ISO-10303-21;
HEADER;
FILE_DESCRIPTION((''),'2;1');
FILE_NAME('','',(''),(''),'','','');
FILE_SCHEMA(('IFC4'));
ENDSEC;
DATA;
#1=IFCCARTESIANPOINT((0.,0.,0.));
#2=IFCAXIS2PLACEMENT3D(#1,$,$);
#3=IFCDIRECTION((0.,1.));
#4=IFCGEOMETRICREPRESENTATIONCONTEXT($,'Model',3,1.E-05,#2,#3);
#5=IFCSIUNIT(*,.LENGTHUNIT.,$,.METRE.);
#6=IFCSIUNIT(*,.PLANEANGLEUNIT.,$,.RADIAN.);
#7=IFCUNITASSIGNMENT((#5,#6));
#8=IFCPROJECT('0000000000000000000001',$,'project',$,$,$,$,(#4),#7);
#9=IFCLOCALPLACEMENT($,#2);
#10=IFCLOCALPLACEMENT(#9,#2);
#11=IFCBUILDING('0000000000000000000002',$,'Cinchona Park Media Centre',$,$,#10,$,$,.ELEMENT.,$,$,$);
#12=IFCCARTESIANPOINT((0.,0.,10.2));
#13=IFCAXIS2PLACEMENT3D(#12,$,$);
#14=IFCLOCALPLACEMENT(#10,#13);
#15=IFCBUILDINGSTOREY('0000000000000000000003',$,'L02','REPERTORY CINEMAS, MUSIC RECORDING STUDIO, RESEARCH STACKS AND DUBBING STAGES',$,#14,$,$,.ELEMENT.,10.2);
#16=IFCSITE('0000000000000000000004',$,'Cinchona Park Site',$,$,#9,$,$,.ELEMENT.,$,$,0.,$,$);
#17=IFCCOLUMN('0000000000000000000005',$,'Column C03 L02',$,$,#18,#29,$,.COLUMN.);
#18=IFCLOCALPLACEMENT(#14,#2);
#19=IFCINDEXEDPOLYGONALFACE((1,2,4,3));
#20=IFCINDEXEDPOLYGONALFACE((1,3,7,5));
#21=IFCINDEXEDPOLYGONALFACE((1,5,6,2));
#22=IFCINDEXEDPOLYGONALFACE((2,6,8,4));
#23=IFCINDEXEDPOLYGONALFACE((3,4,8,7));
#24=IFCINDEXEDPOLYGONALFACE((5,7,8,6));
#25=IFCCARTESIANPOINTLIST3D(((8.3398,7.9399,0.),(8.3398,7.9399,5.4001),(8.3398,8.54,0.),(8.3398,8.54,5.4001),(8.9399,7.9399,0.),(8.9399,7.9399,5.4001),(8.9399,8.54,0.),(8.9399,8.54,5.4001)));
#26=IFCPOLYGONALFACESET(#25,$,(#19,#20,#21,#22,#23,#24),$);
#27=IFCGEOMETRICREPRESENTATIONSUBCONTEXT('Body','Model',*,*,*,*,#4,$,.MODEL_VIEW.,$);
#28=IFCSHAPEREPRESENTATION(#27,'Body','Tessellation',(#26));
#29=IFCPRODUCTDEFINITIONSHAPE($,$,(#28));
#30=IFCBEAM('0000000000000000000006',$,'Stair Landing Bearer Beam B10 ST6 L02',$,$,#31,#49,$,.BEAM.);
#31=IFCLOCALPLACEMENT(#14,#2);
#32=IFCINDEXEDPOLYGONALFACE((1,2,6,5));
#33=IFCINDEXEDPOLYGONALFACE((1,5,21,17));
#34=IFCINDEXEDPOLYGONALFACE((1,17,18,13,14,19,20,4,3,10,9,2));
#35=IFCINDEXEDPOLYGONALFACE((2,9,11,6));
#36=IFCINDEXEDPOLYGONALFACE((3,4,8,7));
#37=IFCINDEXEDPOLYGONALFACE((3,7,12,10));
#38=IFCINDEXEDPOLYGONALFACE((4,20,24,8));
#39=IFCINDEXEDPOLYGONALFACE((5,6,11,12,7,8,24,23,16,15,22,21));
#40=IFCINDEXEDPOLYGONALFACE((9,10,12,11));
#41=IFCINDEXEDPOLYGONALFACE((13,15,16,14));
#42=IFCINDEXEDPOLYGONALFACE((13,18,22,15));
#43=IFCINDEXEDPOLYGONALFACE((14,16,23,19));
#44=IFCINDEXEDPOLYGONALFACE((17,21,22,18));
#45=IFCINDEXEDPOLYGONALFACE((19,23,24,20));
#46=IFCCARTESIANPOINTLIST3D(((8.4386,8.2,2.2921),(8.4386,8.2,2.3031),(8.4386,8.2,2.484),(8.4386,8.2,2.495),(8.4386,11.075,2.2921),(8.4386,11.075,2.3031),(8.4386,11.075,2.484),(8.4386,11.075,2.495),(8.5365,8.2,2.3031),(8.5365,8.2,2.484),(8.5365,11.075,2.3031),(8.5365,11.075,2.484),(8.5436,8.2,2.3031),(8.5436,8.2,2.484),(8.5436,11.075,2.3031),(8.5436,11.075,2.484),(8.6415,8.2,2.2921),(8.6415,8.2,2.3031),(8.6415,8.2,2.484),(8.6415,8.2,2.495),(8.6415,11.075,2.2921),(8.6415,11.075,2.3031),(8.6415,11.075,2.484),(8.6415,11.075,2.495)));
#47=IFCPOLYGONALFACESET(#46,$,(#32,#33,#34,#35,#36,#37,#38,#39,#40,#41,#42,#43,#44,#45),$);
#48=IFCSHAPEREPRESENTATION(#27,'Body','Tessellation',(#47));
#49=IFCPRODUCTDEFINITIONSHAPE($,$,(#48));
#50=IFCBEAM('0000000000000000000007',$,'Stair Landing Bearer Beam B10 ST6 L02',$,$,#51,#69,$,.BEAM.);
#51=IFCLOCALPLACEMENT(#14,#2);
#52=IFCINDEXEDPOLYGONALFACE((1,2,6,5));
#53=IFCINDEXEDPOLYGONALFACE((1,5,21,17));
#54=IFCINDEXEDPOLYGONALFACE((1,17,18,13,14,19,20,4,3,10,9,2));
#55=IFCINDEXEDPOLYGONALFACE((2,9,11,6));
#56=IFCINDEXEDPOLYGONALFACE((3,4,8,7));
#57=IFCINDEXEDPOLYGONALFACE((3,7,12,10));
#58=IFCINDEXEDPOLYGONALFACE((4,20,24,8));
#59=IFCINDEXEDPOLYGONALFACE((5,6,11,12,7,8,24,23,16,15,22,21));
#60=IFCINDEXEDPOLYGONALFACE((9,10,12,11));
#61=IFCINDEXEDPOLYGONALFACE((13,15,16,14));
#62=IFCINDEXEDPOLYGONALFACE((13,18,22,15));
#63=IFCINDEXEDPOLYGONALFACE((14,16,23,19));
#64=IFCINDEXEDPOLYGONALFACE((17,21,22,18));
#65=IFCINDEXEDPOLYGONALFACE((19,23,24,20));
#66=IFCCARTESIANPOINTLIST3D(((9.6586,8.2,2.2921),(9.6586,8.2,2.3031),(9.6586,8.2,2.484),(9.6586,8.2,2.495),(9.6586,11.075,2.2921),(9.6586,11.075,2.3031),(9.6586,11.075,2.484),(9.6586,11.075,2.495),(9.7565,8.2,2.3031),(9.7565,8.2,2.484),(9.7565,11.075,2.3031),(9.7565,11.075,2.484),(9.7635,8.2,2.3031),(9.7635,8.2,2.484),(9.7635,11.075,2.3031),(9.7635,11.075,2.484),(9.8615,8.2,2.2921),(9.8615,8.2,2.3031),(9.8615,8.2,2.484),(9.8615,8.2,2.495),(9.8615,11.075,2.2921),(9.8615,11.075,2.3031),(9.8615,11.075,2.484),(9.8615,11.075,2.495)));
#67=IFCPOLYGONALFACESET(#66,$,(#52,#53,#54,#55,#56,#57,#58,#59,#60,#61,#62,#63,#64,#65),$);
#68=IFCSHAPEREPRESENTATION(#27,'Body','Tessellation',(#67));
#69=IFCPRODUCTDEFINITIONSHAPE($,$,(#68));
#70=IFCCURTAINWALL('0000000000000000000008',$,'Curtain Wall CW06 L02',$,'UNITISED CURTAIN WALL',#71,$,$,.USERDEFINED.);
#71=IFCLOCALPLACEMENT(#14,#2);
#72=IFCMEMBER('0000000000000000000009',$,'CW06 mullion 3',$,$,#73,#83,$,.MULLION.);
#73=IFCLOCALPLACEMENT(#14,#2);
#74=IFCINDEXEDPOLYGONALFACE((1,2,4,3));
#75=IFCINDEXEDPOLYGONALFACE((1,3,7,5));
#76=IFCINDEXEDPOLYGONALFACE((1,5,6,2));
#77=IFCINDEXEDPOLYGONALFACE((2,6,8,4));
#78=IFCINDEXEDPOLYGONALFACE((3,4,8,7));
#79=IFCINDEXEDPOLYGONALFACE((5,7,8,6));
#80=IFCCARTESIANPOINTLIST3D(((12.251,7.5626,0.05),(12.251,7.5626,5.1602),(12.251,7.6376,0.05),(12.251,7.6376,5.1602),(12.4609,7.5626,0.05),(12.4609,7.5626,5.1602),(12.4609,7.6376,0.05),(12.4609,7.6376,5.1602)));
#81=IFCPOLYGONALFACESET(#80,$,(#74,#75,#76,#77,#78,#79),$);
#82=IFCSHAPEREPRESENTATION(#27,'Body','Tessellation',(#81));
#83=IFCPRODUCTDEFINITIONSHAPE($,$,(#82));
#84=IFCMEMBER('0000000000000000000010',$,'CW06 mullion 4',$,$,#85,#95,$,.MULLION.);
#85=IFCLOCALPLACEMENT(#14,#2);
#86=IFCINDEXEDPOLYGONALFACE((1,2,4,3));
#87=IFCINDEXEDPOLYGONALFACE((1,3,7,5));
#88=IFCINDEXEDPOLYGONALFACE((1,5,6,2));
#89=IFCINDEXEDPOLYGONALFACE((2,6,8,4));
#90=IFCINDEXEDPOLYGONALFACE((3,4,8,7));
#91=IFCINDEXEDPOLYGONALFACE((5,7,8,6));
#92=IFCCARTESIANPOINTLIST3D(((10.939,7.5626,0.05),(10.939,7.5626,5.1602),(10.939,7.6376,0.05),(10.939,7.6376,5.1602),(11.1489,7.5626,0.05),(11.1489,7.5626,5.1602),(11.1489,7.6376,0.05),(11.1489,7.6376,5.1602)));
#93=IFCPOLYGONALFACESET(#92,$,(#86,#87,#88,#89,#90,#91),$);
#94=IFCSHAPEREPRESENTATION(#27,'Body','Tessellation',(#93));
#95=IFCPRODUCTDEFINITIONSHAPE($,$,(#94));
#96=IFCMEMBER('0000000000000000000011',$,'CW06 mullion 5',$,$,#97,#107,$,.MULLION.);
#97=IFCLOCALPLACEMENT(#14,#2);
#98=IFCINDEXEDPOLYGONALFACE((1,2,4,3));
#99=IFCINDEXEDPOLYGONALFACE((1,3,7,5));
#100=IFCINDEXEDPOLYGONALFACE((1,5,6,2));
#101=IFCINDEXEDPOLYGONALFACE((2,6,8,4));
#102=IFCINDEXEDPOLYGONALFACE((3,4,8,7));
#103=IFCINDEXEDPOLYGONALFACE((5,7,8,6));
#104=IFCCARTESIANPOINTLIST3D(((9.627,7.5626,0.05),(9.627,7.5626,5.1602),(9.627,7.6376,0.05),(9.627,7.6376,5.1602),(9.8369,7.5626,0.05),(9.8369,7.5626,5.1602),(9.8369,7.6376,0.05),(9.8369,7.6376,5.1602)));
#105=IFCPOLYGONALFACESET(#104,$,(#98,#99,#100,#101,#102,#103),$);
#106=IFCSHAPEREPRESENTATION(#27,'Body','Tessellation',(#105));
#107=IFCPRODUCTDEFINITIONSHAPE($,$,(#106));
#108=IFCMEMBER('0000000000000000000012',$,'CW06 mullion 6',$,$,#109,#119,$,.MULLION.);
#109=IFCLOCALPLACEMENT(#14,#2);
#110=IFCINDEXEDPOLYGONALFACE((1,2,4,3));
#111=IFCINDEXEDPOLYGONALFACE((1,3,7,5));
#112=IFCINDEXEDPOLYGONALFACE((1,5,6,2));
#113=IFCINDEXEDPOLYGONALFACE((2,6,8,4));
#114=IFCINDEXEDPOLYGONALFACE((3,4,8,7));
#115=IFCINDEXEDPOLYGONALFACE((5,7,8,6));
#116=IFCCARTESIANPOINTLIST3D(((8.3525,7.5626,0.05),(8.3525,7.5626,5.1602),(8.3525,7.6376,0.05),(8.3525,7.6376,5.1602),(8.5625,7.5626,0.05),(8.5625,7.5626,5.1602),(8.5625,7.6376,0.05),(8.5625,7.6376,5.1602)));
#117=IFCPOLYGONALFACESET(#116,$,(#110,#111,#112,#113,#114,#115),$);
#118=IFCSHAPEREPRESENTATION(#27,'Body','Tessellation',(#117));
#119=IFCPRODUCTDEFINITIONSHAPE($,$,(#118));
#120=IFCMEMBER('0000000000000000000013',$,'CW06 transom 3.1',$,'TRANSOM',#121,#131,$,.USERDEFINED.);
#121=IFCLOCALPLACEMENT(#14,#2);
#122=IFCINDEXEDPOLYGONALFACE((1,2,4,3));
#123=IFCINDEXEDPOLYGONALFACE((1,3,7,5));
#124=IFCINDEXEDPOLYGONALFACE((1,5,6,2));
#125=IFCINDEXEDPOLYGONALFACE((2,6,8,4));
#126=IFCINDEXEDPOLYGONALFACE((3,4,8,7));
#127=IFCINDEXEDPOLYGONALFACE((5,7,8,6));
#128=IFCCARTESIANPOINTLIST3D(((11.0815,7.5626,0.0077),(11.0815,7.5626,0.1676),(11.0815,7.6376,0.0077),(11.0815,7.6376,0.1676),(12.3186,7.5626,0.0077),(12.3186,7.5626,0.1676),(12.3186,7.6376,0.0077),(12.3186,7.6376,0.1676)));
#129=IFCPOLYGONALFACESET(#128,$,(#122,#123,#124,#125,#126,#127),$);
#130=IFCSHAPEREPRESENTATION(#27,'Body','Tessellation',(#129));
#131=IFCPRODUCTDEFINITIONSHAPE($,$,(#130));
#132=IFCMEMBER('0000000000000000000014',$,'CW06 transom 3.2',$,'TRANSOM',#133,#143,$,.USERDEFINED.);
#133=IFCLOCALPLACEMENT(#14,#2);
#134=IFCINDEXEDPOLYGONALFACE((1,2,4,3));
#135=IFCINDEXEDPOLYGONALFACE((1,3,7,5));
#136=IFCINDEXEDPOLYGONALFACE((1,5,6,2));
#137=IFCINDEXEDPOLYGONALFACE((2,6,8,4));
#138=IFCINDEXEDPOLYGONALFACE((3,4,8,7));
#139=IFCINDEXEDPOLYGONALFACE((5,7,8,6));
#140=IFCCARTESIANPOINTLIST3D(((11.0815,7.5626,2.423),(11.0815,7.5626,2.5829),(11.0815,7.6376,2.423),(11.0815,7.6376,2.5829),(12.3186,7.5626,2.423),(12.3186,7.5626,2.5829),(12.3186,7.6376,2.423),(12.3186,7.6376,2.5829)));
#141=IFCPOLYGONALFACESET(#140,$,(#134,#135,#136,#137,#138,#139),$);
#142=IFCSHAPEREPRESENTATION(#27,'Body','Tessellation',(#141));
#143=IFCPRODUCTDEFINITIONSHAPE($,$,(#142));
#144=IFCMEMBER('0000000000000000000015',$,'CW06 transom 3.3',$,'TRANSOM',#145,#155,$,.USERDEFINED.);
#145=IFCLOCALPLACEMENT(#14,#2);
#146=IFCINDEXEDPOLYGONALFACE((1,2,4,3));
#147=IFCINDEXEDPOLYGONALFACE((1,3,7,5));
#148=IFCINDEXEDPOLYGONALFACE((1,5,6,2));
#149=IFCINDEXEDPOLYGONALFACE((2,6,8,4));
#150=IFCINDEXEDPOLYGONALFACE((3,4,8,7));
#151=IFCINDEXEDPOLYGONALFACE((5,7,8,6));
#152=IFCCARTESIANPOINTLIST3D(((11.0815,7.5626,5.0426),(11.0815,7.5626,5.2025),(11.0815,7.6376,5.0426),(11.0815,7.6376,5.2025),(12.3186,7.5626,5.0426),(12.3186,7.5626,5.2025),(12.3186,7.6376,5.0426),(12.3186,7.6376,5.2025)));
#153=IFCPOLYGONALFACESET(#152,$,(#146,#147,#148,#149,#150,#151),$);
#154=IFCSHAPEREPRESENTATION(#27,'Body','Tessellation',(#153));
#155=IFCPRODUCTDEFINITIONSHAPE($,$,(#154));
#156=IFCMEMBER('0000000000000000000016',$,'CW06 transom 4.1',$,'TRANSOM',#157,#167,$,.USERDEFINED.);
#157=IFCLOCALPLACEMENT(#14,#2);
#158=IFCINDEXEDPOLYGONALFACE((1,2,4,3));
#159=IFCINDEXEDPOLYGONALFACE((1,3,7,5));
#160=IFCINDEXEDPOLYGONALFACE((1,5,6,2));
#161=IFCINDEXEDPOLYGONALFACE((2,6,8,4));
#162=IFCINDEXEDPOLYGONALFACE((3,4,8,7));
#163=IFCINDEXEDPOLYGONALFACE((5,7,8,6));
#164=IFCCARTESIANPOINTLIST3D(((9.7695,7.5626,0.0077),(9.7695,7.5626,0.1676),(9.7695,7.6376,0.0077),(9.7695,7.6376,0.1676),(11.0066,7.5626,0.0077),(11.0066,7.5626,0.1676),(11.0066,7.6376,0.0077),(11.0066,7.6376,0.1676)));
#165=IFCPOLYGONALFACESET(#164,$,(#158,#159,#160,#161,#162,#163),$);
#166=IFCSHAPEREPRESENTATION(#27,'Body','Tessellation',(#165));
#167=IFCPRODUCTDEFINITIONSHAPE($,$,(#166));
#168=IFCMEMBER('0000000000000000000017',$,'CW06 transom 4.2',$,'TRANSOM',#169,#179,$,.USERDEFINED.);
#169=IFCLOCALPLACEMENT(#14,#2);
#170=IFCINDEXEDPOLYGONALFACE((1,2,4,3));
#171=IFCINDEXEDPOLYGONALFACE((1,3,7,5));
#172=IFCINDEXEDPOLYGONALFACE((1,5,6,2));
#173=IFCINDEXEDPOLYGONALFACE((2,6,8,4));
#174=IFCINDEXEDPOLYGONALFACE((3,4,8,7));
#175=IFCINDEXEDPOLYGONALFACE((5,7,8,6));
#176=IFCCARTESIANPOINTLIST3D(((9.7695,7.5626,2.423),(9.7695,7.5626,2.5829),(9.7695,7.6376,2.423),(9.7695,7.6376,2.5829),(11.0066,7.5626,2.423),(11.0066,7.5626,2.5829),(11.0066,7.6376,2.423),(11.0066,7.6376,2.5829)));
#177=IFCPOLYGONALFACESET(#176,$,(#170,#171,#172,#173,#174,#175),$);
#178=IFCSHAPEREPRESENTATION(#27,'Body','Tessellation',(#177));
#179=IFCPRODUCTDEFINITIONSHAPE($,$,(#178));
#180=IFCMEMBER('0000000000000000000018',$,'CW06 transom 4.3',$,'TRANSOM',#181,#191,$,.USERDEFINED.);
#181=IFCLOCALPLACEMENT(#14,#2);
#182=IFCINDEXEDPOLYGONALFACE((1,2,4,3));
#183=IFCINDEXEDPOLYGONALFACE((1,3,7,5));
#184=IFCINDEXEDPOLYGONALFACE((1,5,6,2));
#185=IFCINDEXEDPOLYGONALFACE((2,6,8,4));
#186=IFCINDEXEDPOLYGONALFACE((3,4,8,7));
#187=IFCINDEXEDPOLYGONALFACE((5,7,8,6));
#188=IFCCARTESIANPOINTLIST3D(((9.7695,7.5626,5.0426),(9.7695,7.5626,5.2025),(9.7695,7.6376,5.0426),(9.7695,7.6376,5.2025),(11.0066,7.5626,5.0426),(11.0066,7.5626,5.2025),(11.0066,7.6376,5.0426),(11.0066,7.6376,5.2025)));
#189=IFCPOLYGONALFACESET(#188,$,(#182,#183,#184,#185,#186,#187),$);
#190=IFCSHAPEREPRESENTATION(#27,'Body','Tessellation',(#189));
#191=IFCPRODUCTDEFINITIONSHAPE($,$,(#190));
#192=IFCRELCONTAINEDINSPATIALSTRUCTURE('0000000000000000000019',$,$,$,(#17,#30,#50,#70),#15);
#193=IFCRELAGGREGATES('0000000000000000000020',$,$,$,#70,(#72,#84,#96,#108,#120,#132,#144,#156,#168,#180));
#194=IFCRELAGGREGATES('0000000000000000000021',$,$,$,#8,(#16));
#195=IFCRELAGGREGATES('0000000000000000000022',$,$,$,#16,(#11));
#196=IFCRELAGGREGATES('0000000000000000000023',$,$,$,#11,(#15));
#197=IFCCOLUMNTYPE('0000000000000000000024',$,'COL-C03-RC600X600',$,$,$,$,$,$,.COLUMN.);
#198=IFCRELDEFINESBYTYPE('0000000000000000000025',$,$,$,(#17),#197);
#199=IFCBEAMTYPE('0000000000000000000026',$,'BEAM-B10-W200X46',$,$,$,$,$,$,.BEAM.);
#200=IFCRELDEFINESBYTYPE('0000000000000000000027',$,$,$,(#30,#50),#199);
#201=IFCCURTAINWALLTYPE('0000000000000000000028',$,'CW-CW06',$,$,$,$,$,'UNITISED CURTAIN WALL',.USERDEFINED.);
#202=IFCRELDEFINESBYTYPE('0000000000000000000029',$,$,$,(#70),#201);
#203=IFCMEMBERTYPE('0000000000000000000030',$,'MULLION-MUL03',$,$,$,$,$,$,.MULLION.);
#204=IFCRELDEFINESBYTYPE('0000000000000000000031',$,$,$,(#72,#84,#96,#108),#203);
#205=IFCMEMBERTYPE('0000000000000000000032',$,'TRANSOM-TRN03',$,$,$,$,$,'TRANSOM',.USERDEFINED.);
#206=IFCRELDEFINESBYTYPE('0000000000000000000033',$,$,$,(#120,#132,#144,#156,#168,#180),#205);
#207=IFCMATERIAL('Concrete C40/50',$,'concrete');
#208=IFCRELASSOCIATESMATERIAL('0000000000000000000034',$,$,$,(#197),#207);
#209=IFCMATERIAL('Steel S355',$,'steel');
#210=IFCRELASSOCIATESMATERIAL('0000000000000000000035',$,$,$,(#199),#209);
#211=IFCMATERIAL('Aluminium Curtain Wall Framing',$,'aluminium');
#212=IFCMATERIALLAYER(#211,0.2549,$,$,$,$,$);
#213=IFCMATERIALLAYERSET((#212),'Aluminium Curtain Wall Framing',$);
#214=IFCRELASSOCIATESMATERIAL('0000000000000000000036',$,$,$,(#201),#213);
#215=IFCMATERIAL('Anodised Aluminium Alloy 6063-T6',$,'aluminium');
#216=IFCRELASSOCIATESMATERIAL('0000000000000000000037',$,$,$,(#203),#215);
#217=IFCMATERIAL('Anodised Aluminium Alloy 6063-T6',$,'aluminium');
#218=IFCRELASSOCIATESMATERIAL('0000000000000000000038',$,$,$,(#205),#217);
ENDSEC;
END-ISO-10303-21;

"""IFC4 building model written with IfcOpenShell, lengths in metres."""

from ifc_helpers import new_model, si_unit, direction, frame, origin, origin_2d, place, context, subcontext, project, spatial, rectangle, i_section, extrude, material, layer, layer_set, material_profile, profile_set, type_object, element, aggregate, save


model = new_model("IFC4")

# Units and contexts
model_context = context("Model", 3, precision=1e-05, world=origin(), true_north=direction((0.0, 1.0)))
body_context = subcontext(model_context, "Body", "Model", "MODEL_VIEW")
ifc_project = project(units=[si_unit("LENGTHUNIT", "METRE"), si_unit("PLANEANGLEUNIT", "RADIAN")], contexts=[model_context])

# Site, building, storey
site_placement = place(None, origin())
site = spatial("IfcSite", under=ifc_project, at=site_placement, Name="Cinchona Park Site", CompositionType="ELEMENT", RefElevation=0.0)
building_placement = place(site_placement, origin())
building = spatial("IfcBuilding", under=site, at=building_placement, Name="Cinchona Park Media Centre", CompositionType="ELEMENT")
storey_placement = place(building_placement, frame((0.0, 0.0, 10.2)))
storey = spatial("IfcBuildingStorey", under=building, at=storey_placement, Name="L02", Description="REPERTORY CINEMAS, MUSIC RECORDING STUDIO, RESEARCH STACKS AND DUBBING STAGES", CompositionType="ELEMENT", Elevation=10.2)

# Column
ifc_material_1 = material(Name="Concrete C40/50", Category="concrete")
ifc_material_profile_1 = material_profile(ifc_material_1, rectangle(XDim=0.6001, YDim=0.6001, at=origin_2d()), Name="RC 600X600")
ifc_profile_set_1 = profile_set([ifc_material_profile_1], Name="Concrete C40/50")
column_type = type_object("IfcColumnType", Name="COL-C03-RC600X600", PredefinedType="COLUMN", material=ifc_profile_set_1)
column_placement = place(storey_placement, frame((8.6399, 8.24, 0.0), z_axis=(0.0, 0.0, 1.0), x_axis=(1.0, 0.0, 0.0)))
element("IfcColumn", 1, at=column_placement, inside=storey, type_object=column_type, Name="Column C03 L02", PredefinedType="COLUMN", context=body_context, shape_type="SweptSolid", body=[
    extrude(rectangle(XDim=0.6001, YDim=0.6001, at=origin_2d()), origin(), (0.0, 0.0, 1.0), 5.4001),
])

# Beams
ifc_material_2 = material(Name="Steel S355", Category="steel")
ifc_material_profile_2 = material_profile(ifc_material_2, i_section(OverallWidth=0.2029, OverallDepth=0.2029, WebThickness=0.0071, FlangeThickness=0.011, at=origin_2d()), Name="W200X46")
ifc_profile_set_2 = profile_set([ifc_material_profile_2], Name="Steel S355")
beam_type = type_object("IfcBeamType", Name="BEAM-B10-W200X46", PredefinedType="BEAM", material=ifc_profile_set_2)
for number, where, z_axis, x_axis, name in (
    (2, (8.54, 11.075, 2.3936), (0.0, -1.0, 0.0), (1.0, 0.0, 0.0), "Stair Landing Bearer Beam B10 ST6 L02"),
    (3, (9.76, 11.075, 2.3936), (0.0, -1.0, 0.0), (1.0, 0.0, 0.0), "Stair Landing Bearer Beam B10 ST6 L02"),
):
    element("IfcBeam", number, at=place(storey_placement, frame(where, z_axis=z_axis, x_axis=x_axis)), inside=storey, type_object=beam_type, Name=name, PredefinedType="BEAM", context=body_context, shape_type="SweptSolid", body=[
        extrude(i_section(OverallWidth=0.2029, OverallDepth=0.2029, WebThickness=0.0071, FlangeThickness=0.011, at=origin_2d()), origin(), (0.0, 0.0, 1.0), 2.875),
    ])

# Curtain wall, members
ifc_material_3 = material(Name="Aluminium Curtain Wall Framing", Category="aluminium")
ifc_layer_1 = layer(ifc_material_3, 0.2549)
ifc_layer_set_1 = layer_set([ifc_layer_1], Name="Aluminium Curtain Wall Framing")
curtain_wall_type = type_object("IfcCurtainWallType", Name="CW-CW06", ElementType="UNITISED CURTAIN WALL", PredefinedType="USERDEFINED", material=ifc_layer_set_1)
curtain_wall_placement = place(storey_placement, origin())
curtain_wall = element("IfcCurtainWall", 4, at=curtain_wall_placement, inside=storey, type_object=curtain_wall_type, Name="Curtain Wall CW06 L02", ObjectType="UNITISED CURTAIN WALL", PredefinedType="USERDEFINED")
ifc_material_4 = material(Name="Anodised Aluminium Alloy 6063-T6", Category="aluminium")
ifc_material_profile_3 = material_profile(ifc_material_4, rectangle(XDim=0.075, YDim=0.21, at=origin_2d()), Name="MUL-75X210")
ifc_profile_set_3 = profile_set([ifc_material_profile_3], Name="Anodised Aluminium Alloy 6063-T6")
member_type_1 = type_object("IfcMemberType", Name="MULLION-MUL03", PredefinedType="MULLION", material=ifc_profile_set_3)
member_1_placement = place(storey_placement, frame((12.356, 7.6001, 0.05), z_axis=(0.0, 0.0, 1.0), x_axis=(0.0, -1.0, 0.0)))
member_1 = element("IfcMember", 5, at=member_1_placement, type_object=member_type_1, Name="CW06 mullion 3", PredefinedType="MULLION", context=body_context, shape_type="SweptSolid", body=[
    extrude(rectangle(XDim=0.075, YDim=0.21, at=origin_2d()), origin(), (0.0, 0.0, 1.0), 5.1101),
])
member_2_placement = place(storey_placement, frame((11.0439, 7.6001, 0.05), z_axis=(0.0, 0.0, 1.0), x_axis=(0.0, -1.0, 0.0)))
member_2 = element("IfcMember", 6, at=member_2_placement, type_object=member_type_1, Name="CW06 mullion 4", PredefinedType="MULLION", context=body_context, shape_type="SweptSolid", body=[
    extrude(rectangle(XDim=0.075, YDim=0.21, at=origin_2d()), origin(), (0.0, 0.0, 1.0), 5.1101),
])
member_3_placement = place(storey_placement, frame((9.7319, 7.6001, 0.05), z_axis=(0.0, 0.0, 1.0), x_axis=(0.0, -1.0, 0.0)))
member_3 = element("IfcMember", 7, at=member_3_placement, type_object=member_type_1, Name="CW06 mullion 5", PredefinedType="MULLION", context=body_context, shape_type="SweptSolid", body=[
    extrude(rectangle(XDim=0.075, YDim=0.21, at=origin_2d()), origin(), (0.0, 0.0, 1.0), 5.1101),
])
member_4_placement = place(storey_placement, frame((8.4575, 7.6001, 0.05), z_axis=(0.0, 0.0, 1.0), x_axis=(0.0, -1.0, 0.0)))
member_4 = element("IfcMember", 8, at=member_4_placement, type_object=member_type_1, Name="CW06 mullion 6", PredefinedType="MULLION", context=body_context, shape_type="SweptSolid", body=[
    extrude(rectangle(XDim=0.075, YDim=0.21, at=origin_2d()), origin(), (0.0, 0.0, 1.0), 5.1101),
])
ifc_material_5 = material(Name="Anodised Aluminium Alloy 6063-T6", Category="aluminium")
ifc_material_profile_4 = material_profile(ifc_material_5, rectangle(XDim=0.075, YDim=0.1599, at=origin_2d()), Name="TRN-75X160")
ifc_profile_set_4 = profile_set([ifc_material_profile_4], Name="Anodised Aluminium Alloy 6063-T6")
member_type_2 = type_object("IfcMemberType", Name="TRANSOM-TRN03", ElementType="TRANSOM", PredefinedType="USERDEFINED", material=ifc_profile_set_4)
member_5_placement = place(storey_placement, frame((12.3186, 7.6001, 0.0876), z_axis=(-1.0, 0.0, 0.0), x_axis=(0.0, -1.0, 0.0)))
member_5 = element("IfcMember", 9, at=member_5_placement, type_object=member_type_2, Name="CW06 transom 3.1", ObjectType="TRANSOM", PredefinedType="USERDEFINED", context=body_context, shape_type="SweptSolid", body=[
    extrude(rectangle(XDim=0.075, YDim=0.1599, at=origin_2d()), origin(), (0.0, 0.0, 1.0), 1.2371),
])
member_6_placement = place(storey_placement, frame((12.3186, 7.6001, 2.5029), z_axis=(-1.0, 0.0, 0.0), x_axis=(0.0, -1.0, 0.0)))
member_6 = element("IfcMember", 10, at=member_6_placement, type_object=member_type_2, Name="CW06 transom 3.2", ObjectType="TRANSOM", PredefinedType="USERDEFINED", context=body_context, shape_type="SweptSolid", body=[
    extrude(rectangle(XDim=0.075, YDim=0.1599, at=origin_2d()), origin(), (0.0, 0.0, 1.0), 1.2371),
])
member_7_placement = place(storey_placement, frame((12.3186, 7.6001, 5.1226), z_axis=(-1.0, 0.0, 0.0), x_axis=(0.0, -1.0, 0.0)))
member_7 = element("IfcMember", 11, at=member_7_placement, type_object=member_type_2, Name="CW06 transom 3.3", ObjectType="TRANSOM", PredefinedType="USERDEFINED", context=body_context, shape_type="SweptSolid", body=[
    extrude(rectangle(XDim=0.075, YDim=0.1599, at=origin_2d()), origin(), (0.0, 0.0, 1.0), 1.2371),
])
member_8_placement = place(storey_placement, frame((11.0066, 7.6001, 0.0876), z_axis=(-1.0, 0.0, 0.0), x_axis=(0.0, -1.0, 0.0)))
member_8 = element("IfcMember", 12, at=member_8_placement, type_object=member_type_2, Name="CW06 transom 4.1", ObjectType="TRANSOM", PredefinedType="USERDEFINED", context=body_context, shape_type="SweptSolid", body=[
    extrude(rectangle(XDim=0.075, YDim=0.1599, at=origin_2d()), origin(), (0.0, 0.0, 1.0), 1.2371),
])
member_9_placement = place(storey_placement, frame((11.0066, 7.6001, 2.5029), z_axis=(-1.0, 0.0, 0.0), x_axis=(0.0, -1.0, 0.0)))
member_9 = element("IfcMember", 13, at=member_9_placement, type_object=member_type_2, Name="CW06 transom 4.2", ObjectType="TRANSOM", PredefinedType="USERDEFINED", context=body_context, shape_type="SweptSolid", body=[
    extrude(rectangle(XDim=0.075, YDim=0.1599, at=origin_2d()), origin(), (0.0, 0.0, 1.0), 1.2371),
])
member_10_placement = place(storey_placement, frame((11.0066, 7.6001, 5.1226), z_axis=(-1.0, 0.0, 0.0), x_axis=(0.0, -1.0, 0.0)))
member_10 = element("IfcMember", 14, at=member_10_placement, type_object=member_type_2, Name="CW06 transom 4.3", ObjectType="TRANSOM", PredefinedType="USERDEFINED", context=body_context, shape_type="SweptSolid", body=[
    extrude(rectangle(XDim=0.075, YDim=0.1599, at=origin_2d()), origin(), (0.0, 0.0, 1.0), 1.2371),
])
aggregate(curtain_wall, [member_1, member_2, member_3, member_4, member_5, member_6, member_7, member_8, member_9, member_10])

save(model, "model.ifc")
